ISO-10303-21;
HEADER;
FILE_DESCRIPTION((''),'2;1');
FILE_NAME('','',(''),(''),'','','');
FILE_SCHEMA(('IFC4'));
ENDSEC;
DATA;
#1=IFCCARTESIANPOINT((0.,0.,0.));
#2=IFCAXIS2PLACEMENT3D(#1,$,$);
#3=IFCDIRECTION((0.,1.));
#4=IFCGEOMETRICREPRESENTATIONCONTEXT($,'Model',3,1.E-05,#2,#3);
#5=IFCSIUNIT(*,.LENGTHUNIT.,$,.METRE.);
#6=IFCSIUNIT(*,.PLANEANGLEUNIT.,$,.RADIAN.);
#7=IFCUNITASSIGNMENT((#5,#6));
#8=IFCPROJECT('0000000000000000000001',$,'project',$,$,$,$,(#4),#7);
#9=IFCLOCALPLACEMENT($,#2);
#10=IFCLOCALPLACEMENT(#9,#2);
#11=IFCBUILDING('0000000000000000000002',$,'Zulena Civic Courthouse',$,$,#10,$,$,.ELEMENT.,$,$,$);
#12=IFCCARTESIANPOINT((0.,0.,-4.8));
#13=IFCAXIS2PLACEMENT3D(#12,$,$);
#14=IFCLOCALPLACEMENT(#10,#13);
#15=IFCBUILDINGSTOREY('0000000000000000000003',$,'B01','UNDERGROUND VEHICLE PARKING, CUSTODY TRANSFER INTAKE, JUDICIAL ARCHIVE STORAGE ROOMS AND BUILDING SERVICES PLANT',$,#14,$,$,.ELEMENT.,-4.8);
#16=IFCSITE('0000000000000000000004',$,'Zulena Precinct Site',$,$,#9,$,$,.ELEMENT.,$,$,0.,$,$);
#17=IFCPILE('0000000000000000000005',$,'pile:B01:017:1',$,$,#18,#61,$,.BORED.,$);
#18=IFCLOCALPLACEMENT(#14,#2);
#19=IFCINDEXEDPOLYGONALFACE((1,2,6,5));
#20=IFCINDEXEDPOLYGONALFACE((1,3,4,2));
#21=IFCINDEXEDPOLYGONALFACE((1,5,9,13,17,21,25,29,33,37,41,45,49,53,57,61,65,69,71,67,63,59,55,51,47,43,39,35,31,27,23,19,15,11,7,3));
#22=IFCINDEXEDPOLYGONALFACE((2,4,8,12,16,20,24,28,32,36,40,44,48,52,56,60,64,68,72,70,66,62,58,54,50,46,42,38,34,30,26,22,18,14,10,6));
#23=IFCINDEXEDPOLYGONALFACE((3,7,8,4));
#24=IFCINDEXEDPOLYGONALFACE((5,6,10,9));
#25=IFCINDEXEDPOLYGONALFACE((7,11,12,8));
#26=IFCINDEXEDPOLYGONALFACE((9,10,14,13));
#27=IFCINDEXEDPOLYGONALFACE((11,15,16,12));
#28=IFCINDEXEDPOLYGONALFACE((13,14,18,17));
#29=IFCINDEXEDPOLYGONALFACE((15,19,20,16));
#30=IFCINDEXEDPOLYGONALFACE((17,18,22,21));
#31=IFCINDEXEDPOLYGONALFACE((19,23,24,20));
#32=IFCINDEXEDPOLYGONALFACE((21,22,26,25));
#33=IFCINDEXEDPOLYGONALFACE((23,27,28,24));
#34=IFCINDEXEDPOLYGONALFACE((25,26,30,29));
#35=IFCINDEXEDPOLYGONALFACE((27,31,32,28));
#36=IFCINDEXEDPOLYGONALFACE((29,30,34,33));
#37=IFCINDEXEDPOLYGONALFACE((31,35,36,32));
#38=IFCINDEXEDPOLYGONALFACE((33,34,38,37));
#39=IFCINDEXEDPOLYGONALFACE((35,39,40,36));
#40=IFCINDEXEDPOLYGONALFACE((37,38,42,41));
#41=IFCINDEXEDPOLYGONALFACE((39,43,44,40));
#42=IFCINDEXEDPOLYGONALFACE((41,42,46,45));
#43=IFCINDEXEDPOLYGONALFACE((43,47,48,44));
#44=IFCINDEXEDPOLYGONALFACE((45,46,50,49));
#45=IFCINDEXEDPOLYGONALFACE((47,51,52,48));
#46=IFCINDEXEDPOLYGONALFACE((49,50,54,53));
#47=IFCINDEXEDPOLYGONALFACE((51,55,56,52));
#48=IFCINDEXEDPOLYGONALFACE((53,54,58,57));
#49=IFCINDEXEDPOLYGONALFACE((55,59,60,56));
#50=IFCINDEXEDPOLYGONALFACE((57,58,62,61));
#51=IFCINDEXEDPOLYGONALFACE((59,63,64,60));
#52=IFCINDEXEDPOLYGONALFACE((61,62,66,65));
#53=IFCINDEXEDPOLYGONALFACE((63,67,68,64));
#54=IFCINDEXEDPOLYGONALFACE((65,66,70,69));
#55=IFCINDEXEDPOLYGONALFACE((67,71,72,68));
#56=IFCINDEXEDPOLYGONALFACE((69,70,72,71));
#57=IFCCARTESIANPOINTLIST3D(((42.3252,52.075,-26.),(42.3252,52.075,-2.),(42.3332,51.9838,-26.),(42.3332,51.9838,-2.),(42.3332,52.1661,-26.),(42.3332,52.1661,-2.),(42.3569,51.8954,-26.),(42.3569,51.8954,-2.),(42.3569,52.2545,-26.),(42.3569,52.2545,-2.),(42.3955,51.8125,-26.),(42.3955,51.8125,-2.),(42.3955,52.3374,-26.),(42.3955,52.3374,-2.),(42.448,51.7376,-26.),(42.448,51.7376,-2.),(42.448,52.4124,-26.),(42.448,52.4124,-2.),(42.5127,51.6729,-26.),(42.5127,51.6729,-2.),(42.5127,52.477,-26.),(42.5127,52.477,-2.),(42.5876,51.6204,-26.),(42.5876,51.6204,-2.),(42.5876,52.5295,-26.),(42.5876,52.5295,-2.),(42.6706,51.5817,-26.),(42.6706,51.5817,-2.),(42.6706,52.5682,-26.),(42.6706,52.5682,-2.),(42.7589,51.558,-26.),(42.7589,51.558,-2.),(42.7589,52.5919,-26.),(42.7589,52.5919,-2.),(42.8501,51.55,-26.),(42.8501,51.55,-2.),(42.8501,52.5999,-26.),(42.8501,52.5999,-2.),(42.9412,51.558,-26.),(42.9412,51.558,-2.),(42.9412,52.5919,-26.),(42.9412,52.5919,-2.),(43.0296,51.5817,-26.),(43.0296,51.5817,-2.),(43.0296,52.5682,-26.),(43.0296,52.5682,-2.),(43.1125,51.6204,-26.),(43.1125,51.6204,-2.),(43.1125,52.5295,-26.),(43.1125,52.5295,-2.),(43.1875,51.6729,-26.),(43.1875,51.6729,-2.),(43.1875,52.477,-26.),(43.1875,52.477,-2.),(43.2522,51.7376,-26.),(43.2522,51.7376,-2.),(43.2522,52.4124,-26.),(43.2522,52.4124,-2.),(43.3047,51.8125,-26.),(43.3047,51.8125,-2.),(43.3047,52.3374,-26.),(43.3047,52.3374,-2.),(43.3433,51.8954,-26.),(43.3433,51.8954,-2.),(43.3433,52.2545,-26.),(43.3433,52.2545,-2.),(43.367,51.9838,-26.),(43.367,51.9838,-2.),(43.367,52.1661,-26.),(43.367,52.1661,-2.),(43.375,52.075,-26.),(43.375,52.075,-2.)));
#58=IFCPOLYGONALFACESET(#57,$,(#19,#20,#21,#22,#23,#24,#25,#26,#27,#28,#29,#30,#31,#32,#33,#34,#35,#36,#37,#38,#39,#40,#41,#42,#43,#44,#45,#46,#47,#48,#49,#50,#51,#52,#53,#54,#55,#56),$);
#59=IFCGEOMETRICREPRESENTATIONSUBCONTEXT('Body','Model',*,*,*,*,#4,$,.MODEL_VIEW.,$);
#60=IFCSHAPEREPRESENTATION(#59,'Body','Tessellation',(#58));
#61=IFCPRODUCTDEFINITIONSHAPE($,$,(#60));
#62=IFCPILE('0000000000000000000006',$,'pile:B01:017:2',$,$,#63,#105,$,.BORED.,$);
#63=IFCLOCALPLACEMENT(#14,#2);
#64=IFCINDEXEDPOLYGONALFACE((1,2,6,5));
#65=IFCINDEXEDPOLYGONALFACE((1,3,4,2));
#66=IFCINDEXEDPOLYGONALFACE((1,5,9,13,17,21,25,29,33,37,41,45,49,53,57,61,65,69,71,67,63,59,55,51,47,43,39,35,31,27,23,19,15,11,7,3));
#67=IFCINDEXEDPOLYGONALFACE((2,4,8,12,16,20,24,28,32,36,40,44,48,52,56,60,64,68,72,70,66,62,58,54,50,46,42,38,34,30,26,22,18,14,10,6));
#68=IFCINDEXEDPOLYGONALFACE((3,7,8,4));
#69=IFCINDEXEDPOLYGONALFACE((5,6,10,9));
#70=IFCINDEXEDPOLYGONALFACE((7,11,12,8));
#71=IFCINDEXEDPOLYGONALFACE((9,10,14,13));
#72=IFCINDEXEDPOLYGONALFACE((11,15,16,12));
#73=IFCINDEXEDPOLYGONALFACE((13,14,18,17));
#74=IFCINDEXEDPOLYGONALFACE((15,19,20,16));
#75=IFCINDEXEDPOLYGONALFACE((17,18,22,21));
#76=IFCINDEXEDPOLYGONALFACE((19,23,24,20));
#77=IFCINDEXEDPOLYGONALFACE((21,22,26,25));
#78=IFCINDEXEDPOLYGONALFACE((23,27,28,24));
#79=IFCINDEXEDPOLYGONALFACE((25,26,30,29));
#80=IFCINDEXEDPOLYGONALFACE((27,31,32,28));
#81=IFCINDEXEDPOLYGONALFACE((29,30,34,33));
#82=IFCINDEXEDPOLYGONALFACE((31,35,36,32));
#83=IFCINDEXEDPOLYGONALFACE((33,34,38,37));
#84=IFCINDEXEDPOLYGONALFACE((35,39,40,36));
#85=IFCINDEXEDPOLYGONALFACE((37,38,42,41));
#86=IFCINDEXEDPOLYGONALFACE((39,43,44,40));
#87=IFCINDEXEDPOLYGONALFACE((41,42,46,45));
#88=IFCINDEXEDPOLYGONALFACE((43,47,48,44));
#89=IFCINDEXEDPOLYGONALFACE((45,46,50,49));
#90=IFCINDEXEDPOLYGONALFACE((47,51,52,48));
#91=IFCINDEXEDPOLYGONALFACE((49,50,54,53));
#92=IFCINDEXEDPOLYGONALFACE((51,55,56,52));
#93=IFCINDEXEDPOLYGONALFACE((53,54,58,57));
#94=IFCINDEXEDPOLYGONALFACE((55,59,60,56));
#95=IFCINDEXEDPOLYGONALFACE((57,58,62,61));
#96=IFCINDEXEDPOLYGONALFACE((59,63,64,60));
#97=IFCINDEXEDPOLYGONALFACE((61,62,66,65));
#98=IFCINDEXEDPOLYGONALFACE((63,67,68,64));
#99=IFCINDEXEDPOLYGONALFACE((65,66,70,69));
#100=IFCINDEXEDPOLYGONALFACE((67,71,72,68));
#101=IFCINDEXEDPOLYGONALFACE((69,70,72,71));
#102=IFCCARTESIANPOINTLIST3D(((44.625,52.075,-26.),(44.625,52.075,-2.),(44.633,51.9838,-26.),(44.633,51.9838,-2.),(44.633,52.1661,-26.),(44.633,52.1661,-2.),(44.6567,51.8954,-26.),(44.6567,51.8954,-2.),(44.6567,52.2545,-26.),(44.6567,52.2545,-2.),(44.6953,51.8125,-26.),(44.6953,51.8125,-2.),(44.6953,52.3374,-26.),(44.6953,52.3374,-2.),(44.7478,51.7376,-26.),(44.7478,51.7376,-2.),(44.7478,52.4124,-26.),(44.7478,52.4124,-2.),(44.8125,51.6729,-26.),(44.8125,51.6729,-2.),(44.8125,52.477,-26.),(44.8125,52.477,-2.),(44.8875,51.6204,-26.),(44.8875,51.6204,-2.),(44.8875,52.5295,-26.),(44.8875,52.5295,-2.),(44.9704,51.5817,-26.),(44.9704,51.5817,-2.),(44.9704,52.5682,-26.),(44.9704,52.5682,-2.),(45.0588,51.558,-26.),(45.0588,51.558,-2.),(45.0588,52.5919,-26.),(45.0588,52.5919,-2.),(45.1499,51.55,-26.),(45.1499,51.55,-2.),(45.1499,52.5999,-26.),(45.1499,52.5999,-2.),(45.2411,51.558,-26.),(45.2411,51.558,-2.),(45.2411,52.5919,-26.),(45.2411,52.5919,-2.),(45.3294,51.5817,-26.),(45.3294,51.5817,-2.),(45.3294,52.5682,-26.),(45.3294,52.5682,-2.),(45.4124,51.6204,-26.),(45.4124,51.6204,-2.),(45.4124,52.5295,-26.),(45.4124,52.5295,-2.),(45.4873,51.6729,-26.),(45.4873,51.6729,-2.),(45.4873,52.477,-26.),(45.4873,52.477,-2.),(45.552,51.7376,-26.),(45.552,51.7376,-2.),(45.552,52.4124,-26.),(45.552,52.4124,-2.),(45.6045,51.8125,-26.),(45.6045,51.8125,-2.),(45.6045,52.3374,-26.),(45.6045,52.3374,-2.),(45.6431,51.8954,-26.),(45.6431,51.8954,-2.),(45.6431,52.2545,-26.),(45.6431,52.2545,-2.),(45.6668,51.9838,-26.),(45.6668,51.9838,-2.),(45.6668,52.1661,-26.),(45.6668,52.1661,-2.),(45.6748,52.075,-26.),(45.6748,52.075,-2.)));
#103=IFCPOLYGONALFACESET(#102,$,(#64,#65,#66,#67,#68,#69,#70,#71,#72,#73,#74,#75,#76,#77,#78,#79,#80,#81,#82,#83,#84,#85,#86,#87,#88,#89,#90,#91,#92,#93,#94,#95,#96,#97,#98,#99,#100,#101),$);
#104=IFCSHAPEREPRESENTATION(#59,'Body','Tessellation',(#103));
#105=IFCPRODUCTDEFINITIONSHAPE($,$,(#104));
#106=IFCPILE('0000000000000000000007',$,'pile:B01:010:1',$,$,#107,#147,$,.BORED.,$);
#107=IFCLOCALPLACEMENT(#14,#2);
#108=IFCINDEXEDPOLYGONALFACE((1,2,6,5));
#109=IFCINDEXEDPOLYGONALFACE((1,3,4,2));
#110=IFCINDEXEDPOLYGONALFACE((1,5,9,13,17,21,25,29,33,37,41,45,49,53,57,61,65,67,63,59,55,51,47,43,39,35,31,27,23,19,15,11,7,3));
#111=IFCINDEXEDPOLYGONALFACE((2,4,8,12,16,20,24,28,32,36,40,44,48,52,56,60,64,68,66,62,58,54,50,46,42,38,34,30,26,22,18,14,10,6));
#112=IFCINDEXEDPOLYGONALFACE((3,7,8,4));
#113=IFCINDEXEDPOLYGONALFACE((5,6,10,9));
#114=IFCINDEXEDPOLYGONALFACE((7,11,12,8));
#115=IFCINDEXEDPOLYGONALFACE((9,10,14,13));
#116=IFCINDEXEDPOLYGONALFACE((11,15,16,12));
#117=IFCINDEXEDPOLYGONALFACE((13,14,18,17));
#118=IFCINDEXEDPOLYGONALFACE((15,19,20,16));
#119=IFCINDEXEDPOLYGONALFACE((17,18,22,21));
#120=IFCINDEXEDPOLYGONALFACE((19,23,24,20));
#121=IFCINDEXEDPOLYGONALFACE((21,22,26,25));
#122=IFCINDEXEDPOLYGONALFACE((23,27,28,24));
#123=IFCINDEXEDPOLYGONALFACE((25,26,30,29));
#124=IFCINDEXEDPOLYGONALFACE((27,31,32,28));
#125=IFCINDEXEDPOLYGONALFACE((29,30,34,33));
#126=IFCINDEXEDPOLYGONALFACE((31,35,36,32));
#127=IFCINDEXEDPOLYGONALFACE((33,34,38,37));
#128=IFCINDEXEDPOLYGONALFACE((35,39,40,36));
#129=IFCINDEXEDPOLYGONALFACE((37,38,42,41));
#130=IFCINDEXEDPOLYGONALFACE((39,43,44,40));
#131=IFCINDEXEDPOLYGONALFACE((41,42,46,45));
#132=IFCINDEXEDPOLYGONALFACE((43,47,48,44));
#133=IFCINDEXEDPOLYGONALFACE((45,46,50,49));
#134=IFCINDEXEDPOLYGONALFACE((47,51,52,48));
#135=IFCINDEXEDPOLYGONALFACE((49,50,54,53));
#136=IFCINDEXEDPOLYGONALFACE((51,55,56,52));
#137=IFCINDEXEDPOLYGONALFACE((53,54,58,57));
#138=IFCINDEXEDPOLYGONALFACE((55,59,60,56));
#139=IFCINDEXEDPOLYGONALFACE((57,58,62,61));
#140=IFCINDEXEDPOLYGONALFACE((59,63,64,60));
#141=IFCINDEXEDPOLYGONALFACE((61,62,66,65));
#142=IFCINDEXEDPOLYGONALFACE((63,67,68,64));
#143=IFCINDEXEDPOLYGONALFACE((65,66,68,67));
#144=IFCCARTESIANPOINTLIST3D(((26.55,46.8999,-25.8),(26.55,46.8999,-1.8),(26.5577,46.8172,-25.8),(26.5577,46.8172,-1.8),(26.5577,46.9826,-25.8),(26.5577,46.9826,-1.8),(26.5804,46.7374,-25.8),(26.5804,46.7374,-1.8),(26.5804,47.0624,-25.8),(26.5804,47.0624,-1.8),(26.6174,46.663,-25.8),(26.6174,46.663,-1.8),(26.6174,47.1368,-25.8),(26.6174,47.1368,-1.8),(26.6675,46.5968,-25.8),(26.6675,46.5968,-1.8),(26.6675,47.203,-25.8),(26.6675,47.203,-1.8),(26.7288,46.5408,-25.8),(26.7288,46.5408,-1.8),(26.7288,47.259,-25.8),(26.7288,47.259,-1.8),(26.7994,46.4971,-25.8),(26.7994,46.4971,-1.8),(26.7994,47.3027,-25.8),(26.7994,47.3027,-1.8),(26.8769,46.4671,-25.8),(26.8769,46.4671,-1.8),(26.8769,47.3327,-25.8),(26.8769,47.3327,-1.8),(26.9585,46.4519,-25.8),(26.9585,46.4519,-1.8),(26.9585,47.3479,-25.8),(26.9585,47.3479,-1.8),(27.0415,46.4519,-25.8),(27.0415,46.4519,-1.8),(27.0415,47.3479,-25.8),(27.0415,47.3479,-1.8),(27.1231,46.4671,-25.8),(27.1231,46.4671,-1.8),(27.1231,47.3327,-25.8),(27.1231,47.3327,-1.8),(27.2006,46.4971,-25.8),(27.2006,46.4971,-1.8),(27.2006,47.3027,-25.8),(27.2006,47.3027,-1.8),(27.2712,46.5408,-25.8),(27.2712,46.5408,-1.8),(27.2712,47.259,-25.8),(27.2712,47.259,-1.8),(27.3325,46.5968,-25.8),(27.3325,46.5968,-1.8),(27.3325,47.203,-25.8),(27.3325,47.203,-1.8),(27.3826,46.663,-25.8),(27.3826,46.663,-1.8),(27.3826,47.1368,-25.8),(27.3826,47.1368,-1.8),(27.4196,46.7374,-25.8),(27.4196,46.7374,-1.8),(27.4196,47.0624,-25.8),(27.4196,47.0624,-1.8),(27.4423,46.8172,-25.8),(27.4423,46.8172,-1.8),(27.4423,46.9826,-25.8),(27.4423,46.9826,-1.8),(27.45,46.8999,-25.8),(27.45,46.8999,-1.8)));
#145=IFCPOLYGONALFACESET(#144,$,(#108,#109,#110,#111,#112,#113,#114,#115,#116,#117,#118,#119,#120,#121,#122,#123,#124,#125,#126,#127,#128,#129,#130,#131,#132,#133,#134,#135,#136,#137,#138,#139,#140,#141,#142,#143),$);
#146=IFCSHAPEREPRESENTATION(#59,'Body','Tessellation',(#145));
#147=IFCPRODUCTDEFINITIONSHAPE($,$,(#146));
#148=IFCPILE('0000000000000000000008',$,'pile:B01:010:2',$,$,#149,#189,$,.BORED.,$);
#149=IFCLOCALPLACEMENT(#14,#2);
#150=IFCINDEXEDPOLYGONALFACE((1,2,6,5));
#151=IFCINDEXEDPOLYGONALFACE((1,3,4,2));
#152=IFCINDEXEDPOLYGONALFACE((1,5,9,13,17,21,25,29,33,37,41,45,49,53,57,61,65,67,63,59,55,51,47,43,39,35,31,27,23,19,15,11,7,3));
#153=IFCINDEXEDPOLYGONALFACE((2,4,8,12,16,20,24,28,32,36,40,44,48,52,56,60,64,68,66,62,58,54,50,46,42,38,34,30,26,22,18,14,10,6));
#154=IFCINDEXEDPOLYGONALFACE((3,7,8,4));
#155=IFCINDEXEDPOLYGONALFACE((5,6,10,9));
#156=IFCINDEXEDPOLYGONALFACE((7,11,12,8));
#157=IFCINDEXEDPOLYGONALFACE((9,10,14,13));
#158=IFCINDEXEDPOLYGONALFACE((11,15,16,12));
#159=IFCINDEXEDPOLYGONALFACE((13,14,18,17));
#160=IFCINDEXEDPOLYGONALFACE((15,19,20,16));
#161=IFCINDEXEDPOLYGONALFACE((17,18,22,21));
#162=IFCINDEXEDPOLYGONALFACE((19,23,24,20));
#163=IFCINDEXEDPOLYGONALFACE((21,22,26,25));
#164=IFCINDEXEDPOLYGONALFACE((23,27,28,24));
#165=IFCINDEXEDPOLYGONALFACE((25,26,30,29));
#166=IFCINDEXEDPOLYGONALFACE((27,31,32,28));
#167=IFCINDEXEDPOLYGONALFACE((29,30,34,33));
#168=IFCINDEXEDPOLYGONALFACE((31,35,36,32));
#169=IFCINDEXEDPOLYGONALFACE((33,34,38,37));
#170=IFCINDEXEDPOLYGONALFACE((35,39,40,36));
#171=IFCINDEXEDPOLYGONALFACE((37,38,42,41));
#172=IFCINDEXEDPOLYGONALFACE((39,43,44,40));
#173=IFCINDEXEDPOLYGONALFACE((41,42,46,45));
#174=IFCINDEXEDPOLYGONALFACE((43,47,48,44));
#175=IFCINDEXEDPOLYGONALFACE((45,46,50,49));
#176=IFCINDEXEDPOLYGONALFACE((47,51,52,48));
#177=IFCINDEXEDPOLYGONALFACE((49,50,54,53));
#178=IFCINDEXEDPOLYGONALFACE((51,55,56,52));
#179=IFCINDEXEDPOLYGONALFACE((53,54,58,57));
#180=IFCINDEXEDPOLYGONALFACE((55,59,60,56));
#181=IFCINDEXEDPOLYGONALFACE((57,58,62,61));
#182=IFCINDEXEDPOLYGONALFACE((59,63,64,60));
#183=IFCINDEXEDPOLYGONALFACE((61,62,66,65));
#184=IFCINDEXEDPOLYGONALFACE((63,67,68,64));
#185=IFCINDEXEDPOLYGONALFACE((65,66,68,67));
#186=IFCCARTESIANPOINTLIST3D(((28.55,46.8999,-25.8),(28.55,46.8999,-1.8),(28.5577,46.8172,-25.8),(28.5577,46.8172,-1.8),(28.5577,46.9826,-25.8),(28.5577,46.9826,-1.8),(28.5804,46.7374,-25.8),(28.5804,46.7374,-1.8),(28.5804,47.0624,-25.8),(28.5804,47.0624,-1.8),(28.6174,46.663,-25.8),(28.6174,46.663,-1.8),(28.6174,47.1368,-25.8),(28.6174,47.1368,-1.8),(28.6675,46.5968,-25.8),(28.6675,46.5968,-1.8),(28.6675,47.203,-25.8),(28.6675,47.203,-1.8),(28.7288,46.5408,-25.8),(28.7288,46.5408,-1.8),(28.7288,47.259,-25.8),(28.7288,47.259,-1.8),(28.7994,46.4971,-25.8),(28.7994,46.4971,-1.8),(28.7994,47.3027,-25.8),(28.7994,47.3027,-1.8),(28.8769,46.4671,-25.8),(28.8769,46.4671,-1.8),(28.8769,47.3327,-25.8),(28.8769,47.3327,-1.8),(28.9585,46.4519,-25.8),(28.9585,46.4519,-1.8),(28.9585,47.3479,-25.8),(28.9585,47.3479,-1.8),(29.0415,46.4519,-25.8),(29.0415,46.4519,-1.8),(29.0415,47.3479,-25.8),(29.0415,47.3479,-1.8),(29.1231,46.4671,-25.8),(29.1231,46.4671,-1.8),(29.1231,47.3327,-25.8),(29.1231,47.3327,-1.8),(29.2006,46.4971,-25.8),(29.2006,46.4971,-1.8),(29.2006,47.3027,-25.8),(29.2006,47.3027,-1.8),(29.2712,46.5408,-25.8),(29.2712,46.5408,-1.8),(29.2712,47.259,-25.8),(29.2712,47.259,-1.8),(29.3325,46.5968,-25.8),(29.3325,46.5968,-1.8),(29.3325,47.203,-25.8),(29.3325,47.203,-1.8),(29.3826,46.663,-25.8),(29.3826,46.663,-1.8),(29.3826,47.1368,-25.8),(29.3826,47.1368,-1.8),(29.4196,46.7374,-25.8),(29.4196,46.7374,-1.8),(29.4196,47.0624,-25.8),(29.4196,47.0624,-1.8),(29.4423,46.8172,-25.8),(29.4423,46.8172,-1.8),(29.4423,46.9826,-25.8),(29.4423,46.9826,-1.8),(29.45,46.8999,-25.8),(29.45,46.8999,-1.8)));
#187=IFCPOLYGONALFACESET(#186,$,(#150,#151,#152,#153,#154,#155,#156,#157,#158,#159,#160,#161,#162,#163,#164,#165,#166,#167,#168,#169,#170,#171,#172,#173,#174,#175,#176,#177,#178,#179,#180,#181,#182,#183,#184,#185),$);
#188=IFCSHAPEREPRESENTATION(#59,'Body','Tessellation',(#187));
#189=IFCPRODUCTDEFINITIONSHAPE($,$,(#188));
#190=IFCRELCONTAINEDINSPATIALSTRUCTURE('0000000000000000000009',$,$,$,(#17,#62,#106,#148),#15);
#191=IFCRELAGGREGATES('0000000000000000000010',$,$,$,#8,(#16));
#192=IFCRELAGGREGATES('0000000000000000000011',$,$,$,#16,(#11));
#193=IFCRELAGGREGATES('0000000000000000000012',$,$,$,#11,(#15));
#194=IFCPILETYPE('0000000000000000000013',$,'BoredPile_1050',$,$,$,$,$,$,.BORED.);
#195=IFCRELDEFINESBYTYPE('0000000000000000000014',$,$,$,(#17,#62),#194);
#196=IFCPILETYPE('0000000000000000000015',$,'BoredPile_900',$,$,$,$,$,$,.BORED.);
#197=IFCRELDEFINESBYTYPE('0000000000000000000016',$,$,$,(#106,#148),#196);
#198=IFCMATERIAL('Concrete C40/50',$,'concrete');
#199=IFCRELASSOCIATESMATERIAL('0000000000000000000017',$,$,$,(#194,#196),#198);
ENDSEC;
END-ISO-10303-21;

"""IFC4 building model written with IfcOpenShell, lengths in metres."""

from ifc_helpers import new_model, si_unit, direction, frame, origin, origin_2d, place, context, subcontext, project, spatial, circle, extrude, material, material_profile, profile_set, type_object, element, save


model = new_model("IFC4")

# Units and contexts
model_context = context("Model", 3, precision=1e-05, world=origin(), true_north=direction((0.0, 1.0)))
body_context = subcontext(model_context, "Body", "Model", "MODEL_VIEW")
ifc_project = project(units=[si_unit("LENGTHUNIT", "METRE"), si_unit("PLANEANGLEUNIT", "RADIAN")], contexts=[model_context])

# Site, building, storey
site_placement = place(None, origin())
site = spatial("IfcSite", under=ifc_project, at=site_placement, Name="Zulena Precinct Site", CompositionType="ELEMENT", RefElevation=0.0)
building_placement = place(site_placement, origin())
building = spatial("IfcBuilding", under=site, at=building_placement, Name="Zulena Civic Courthouse", CompositionType="ELEMENT")
storey_placement = place(building_placement, frame((0.0, 0.0, -4.8)))
storey = spatial("IfcBuildingStorey", under=building, at=storey_placement, Name="B01", Description="UNDERGROUND VEHICLE PARKING, CUSTODY TRANSFER INTAKE, JUDICIAL ARCHIVE STORAGE ROOMS AND BUILDING SERVICES PLANT", CompositionType="ELEMENT", Elevation=-4.8)

# Piles
ifc_material_1 = material(Name="Concrete C40/50", Category="concrete")
ifc_material_profile_1 = material_profile(ifc_material_1, circle(Radius=0.5249, at=origin_2d()), Name="PILE1050")
ifc_profile_set_1 = profile_set([ifc_material_profile_1], Name="Concrete C40/50")
pile_type_1 = type_object("IfcPileType", Name="BoredPile_1050", PredefinedType="BORED", material=ifc_profile_set_1)
for number, where, z_axis, x_axis, name in (
    (1, (42.8501, 52.075, -2.0), (0.0, 0.0, -1.0), (1.0, 0.0, 0.0), "pile:B01:017:1"),
    (2, (45.1499, 52.075, -2.0), (0.0, 0.0, -1.0), (1.0, 0.0, 0.0), "pile:B01:017:2"),
):
    element("IfcPile", number, at=place(storey_placement, frame(where, z_axis=z_axis, x_axis=x_axis)), inside=storey, type_object=pile_type_1, Name=name, PredefinedType="BORED", context=body_context, shape_type="SweptSolid", body=[
        extrude(circle(Radius=0.5249, at=origin_2d()), origin(), (0.0, 0.0, 1.0), 24.0),
    ])
ifc_material_profile_2 = material_profile(ifc_material_1, circle(Radius=0.45, at=origin_2d()), Name="PILE900")
ifc_profile_set_2 = profile_set([ifc_material_profile_2], Name="Concrete C40/50")
pile_type_2 = type_object("IfcPileType", Name="BoredPile_900", PredefinedType="BORED", material=ifc_profile_set_2)
for number, where, z_axis, x_axis, name in (
    (3, (27.0, 46.8999, -1.8), (0.0, 0.0, -1.0), (1.0, 0.0, 0.0), "pile:B01:010:1"),
    (4, (29.0, 46.8999, -1.8), (0.0, 0.0, -1.0), (1.0, 0.0, 0.0), "pile:B01:010:2"),
):
    element("IfcPile", number, at=place(storey_placement, frame(where, z_axis=z_axis, x_axis=x_axis)), inside=storey, type_object=pile_type_2, Name=name, PredefinedType="BORED", context=body_context, shape_type="SweptSolid", body=[
        extrude(circle(Radius=0.45, at=origin_2d()), origin(), (0.0, 0.0, 1.0), 24.0),
    ])

save(model, "model.ifc")
